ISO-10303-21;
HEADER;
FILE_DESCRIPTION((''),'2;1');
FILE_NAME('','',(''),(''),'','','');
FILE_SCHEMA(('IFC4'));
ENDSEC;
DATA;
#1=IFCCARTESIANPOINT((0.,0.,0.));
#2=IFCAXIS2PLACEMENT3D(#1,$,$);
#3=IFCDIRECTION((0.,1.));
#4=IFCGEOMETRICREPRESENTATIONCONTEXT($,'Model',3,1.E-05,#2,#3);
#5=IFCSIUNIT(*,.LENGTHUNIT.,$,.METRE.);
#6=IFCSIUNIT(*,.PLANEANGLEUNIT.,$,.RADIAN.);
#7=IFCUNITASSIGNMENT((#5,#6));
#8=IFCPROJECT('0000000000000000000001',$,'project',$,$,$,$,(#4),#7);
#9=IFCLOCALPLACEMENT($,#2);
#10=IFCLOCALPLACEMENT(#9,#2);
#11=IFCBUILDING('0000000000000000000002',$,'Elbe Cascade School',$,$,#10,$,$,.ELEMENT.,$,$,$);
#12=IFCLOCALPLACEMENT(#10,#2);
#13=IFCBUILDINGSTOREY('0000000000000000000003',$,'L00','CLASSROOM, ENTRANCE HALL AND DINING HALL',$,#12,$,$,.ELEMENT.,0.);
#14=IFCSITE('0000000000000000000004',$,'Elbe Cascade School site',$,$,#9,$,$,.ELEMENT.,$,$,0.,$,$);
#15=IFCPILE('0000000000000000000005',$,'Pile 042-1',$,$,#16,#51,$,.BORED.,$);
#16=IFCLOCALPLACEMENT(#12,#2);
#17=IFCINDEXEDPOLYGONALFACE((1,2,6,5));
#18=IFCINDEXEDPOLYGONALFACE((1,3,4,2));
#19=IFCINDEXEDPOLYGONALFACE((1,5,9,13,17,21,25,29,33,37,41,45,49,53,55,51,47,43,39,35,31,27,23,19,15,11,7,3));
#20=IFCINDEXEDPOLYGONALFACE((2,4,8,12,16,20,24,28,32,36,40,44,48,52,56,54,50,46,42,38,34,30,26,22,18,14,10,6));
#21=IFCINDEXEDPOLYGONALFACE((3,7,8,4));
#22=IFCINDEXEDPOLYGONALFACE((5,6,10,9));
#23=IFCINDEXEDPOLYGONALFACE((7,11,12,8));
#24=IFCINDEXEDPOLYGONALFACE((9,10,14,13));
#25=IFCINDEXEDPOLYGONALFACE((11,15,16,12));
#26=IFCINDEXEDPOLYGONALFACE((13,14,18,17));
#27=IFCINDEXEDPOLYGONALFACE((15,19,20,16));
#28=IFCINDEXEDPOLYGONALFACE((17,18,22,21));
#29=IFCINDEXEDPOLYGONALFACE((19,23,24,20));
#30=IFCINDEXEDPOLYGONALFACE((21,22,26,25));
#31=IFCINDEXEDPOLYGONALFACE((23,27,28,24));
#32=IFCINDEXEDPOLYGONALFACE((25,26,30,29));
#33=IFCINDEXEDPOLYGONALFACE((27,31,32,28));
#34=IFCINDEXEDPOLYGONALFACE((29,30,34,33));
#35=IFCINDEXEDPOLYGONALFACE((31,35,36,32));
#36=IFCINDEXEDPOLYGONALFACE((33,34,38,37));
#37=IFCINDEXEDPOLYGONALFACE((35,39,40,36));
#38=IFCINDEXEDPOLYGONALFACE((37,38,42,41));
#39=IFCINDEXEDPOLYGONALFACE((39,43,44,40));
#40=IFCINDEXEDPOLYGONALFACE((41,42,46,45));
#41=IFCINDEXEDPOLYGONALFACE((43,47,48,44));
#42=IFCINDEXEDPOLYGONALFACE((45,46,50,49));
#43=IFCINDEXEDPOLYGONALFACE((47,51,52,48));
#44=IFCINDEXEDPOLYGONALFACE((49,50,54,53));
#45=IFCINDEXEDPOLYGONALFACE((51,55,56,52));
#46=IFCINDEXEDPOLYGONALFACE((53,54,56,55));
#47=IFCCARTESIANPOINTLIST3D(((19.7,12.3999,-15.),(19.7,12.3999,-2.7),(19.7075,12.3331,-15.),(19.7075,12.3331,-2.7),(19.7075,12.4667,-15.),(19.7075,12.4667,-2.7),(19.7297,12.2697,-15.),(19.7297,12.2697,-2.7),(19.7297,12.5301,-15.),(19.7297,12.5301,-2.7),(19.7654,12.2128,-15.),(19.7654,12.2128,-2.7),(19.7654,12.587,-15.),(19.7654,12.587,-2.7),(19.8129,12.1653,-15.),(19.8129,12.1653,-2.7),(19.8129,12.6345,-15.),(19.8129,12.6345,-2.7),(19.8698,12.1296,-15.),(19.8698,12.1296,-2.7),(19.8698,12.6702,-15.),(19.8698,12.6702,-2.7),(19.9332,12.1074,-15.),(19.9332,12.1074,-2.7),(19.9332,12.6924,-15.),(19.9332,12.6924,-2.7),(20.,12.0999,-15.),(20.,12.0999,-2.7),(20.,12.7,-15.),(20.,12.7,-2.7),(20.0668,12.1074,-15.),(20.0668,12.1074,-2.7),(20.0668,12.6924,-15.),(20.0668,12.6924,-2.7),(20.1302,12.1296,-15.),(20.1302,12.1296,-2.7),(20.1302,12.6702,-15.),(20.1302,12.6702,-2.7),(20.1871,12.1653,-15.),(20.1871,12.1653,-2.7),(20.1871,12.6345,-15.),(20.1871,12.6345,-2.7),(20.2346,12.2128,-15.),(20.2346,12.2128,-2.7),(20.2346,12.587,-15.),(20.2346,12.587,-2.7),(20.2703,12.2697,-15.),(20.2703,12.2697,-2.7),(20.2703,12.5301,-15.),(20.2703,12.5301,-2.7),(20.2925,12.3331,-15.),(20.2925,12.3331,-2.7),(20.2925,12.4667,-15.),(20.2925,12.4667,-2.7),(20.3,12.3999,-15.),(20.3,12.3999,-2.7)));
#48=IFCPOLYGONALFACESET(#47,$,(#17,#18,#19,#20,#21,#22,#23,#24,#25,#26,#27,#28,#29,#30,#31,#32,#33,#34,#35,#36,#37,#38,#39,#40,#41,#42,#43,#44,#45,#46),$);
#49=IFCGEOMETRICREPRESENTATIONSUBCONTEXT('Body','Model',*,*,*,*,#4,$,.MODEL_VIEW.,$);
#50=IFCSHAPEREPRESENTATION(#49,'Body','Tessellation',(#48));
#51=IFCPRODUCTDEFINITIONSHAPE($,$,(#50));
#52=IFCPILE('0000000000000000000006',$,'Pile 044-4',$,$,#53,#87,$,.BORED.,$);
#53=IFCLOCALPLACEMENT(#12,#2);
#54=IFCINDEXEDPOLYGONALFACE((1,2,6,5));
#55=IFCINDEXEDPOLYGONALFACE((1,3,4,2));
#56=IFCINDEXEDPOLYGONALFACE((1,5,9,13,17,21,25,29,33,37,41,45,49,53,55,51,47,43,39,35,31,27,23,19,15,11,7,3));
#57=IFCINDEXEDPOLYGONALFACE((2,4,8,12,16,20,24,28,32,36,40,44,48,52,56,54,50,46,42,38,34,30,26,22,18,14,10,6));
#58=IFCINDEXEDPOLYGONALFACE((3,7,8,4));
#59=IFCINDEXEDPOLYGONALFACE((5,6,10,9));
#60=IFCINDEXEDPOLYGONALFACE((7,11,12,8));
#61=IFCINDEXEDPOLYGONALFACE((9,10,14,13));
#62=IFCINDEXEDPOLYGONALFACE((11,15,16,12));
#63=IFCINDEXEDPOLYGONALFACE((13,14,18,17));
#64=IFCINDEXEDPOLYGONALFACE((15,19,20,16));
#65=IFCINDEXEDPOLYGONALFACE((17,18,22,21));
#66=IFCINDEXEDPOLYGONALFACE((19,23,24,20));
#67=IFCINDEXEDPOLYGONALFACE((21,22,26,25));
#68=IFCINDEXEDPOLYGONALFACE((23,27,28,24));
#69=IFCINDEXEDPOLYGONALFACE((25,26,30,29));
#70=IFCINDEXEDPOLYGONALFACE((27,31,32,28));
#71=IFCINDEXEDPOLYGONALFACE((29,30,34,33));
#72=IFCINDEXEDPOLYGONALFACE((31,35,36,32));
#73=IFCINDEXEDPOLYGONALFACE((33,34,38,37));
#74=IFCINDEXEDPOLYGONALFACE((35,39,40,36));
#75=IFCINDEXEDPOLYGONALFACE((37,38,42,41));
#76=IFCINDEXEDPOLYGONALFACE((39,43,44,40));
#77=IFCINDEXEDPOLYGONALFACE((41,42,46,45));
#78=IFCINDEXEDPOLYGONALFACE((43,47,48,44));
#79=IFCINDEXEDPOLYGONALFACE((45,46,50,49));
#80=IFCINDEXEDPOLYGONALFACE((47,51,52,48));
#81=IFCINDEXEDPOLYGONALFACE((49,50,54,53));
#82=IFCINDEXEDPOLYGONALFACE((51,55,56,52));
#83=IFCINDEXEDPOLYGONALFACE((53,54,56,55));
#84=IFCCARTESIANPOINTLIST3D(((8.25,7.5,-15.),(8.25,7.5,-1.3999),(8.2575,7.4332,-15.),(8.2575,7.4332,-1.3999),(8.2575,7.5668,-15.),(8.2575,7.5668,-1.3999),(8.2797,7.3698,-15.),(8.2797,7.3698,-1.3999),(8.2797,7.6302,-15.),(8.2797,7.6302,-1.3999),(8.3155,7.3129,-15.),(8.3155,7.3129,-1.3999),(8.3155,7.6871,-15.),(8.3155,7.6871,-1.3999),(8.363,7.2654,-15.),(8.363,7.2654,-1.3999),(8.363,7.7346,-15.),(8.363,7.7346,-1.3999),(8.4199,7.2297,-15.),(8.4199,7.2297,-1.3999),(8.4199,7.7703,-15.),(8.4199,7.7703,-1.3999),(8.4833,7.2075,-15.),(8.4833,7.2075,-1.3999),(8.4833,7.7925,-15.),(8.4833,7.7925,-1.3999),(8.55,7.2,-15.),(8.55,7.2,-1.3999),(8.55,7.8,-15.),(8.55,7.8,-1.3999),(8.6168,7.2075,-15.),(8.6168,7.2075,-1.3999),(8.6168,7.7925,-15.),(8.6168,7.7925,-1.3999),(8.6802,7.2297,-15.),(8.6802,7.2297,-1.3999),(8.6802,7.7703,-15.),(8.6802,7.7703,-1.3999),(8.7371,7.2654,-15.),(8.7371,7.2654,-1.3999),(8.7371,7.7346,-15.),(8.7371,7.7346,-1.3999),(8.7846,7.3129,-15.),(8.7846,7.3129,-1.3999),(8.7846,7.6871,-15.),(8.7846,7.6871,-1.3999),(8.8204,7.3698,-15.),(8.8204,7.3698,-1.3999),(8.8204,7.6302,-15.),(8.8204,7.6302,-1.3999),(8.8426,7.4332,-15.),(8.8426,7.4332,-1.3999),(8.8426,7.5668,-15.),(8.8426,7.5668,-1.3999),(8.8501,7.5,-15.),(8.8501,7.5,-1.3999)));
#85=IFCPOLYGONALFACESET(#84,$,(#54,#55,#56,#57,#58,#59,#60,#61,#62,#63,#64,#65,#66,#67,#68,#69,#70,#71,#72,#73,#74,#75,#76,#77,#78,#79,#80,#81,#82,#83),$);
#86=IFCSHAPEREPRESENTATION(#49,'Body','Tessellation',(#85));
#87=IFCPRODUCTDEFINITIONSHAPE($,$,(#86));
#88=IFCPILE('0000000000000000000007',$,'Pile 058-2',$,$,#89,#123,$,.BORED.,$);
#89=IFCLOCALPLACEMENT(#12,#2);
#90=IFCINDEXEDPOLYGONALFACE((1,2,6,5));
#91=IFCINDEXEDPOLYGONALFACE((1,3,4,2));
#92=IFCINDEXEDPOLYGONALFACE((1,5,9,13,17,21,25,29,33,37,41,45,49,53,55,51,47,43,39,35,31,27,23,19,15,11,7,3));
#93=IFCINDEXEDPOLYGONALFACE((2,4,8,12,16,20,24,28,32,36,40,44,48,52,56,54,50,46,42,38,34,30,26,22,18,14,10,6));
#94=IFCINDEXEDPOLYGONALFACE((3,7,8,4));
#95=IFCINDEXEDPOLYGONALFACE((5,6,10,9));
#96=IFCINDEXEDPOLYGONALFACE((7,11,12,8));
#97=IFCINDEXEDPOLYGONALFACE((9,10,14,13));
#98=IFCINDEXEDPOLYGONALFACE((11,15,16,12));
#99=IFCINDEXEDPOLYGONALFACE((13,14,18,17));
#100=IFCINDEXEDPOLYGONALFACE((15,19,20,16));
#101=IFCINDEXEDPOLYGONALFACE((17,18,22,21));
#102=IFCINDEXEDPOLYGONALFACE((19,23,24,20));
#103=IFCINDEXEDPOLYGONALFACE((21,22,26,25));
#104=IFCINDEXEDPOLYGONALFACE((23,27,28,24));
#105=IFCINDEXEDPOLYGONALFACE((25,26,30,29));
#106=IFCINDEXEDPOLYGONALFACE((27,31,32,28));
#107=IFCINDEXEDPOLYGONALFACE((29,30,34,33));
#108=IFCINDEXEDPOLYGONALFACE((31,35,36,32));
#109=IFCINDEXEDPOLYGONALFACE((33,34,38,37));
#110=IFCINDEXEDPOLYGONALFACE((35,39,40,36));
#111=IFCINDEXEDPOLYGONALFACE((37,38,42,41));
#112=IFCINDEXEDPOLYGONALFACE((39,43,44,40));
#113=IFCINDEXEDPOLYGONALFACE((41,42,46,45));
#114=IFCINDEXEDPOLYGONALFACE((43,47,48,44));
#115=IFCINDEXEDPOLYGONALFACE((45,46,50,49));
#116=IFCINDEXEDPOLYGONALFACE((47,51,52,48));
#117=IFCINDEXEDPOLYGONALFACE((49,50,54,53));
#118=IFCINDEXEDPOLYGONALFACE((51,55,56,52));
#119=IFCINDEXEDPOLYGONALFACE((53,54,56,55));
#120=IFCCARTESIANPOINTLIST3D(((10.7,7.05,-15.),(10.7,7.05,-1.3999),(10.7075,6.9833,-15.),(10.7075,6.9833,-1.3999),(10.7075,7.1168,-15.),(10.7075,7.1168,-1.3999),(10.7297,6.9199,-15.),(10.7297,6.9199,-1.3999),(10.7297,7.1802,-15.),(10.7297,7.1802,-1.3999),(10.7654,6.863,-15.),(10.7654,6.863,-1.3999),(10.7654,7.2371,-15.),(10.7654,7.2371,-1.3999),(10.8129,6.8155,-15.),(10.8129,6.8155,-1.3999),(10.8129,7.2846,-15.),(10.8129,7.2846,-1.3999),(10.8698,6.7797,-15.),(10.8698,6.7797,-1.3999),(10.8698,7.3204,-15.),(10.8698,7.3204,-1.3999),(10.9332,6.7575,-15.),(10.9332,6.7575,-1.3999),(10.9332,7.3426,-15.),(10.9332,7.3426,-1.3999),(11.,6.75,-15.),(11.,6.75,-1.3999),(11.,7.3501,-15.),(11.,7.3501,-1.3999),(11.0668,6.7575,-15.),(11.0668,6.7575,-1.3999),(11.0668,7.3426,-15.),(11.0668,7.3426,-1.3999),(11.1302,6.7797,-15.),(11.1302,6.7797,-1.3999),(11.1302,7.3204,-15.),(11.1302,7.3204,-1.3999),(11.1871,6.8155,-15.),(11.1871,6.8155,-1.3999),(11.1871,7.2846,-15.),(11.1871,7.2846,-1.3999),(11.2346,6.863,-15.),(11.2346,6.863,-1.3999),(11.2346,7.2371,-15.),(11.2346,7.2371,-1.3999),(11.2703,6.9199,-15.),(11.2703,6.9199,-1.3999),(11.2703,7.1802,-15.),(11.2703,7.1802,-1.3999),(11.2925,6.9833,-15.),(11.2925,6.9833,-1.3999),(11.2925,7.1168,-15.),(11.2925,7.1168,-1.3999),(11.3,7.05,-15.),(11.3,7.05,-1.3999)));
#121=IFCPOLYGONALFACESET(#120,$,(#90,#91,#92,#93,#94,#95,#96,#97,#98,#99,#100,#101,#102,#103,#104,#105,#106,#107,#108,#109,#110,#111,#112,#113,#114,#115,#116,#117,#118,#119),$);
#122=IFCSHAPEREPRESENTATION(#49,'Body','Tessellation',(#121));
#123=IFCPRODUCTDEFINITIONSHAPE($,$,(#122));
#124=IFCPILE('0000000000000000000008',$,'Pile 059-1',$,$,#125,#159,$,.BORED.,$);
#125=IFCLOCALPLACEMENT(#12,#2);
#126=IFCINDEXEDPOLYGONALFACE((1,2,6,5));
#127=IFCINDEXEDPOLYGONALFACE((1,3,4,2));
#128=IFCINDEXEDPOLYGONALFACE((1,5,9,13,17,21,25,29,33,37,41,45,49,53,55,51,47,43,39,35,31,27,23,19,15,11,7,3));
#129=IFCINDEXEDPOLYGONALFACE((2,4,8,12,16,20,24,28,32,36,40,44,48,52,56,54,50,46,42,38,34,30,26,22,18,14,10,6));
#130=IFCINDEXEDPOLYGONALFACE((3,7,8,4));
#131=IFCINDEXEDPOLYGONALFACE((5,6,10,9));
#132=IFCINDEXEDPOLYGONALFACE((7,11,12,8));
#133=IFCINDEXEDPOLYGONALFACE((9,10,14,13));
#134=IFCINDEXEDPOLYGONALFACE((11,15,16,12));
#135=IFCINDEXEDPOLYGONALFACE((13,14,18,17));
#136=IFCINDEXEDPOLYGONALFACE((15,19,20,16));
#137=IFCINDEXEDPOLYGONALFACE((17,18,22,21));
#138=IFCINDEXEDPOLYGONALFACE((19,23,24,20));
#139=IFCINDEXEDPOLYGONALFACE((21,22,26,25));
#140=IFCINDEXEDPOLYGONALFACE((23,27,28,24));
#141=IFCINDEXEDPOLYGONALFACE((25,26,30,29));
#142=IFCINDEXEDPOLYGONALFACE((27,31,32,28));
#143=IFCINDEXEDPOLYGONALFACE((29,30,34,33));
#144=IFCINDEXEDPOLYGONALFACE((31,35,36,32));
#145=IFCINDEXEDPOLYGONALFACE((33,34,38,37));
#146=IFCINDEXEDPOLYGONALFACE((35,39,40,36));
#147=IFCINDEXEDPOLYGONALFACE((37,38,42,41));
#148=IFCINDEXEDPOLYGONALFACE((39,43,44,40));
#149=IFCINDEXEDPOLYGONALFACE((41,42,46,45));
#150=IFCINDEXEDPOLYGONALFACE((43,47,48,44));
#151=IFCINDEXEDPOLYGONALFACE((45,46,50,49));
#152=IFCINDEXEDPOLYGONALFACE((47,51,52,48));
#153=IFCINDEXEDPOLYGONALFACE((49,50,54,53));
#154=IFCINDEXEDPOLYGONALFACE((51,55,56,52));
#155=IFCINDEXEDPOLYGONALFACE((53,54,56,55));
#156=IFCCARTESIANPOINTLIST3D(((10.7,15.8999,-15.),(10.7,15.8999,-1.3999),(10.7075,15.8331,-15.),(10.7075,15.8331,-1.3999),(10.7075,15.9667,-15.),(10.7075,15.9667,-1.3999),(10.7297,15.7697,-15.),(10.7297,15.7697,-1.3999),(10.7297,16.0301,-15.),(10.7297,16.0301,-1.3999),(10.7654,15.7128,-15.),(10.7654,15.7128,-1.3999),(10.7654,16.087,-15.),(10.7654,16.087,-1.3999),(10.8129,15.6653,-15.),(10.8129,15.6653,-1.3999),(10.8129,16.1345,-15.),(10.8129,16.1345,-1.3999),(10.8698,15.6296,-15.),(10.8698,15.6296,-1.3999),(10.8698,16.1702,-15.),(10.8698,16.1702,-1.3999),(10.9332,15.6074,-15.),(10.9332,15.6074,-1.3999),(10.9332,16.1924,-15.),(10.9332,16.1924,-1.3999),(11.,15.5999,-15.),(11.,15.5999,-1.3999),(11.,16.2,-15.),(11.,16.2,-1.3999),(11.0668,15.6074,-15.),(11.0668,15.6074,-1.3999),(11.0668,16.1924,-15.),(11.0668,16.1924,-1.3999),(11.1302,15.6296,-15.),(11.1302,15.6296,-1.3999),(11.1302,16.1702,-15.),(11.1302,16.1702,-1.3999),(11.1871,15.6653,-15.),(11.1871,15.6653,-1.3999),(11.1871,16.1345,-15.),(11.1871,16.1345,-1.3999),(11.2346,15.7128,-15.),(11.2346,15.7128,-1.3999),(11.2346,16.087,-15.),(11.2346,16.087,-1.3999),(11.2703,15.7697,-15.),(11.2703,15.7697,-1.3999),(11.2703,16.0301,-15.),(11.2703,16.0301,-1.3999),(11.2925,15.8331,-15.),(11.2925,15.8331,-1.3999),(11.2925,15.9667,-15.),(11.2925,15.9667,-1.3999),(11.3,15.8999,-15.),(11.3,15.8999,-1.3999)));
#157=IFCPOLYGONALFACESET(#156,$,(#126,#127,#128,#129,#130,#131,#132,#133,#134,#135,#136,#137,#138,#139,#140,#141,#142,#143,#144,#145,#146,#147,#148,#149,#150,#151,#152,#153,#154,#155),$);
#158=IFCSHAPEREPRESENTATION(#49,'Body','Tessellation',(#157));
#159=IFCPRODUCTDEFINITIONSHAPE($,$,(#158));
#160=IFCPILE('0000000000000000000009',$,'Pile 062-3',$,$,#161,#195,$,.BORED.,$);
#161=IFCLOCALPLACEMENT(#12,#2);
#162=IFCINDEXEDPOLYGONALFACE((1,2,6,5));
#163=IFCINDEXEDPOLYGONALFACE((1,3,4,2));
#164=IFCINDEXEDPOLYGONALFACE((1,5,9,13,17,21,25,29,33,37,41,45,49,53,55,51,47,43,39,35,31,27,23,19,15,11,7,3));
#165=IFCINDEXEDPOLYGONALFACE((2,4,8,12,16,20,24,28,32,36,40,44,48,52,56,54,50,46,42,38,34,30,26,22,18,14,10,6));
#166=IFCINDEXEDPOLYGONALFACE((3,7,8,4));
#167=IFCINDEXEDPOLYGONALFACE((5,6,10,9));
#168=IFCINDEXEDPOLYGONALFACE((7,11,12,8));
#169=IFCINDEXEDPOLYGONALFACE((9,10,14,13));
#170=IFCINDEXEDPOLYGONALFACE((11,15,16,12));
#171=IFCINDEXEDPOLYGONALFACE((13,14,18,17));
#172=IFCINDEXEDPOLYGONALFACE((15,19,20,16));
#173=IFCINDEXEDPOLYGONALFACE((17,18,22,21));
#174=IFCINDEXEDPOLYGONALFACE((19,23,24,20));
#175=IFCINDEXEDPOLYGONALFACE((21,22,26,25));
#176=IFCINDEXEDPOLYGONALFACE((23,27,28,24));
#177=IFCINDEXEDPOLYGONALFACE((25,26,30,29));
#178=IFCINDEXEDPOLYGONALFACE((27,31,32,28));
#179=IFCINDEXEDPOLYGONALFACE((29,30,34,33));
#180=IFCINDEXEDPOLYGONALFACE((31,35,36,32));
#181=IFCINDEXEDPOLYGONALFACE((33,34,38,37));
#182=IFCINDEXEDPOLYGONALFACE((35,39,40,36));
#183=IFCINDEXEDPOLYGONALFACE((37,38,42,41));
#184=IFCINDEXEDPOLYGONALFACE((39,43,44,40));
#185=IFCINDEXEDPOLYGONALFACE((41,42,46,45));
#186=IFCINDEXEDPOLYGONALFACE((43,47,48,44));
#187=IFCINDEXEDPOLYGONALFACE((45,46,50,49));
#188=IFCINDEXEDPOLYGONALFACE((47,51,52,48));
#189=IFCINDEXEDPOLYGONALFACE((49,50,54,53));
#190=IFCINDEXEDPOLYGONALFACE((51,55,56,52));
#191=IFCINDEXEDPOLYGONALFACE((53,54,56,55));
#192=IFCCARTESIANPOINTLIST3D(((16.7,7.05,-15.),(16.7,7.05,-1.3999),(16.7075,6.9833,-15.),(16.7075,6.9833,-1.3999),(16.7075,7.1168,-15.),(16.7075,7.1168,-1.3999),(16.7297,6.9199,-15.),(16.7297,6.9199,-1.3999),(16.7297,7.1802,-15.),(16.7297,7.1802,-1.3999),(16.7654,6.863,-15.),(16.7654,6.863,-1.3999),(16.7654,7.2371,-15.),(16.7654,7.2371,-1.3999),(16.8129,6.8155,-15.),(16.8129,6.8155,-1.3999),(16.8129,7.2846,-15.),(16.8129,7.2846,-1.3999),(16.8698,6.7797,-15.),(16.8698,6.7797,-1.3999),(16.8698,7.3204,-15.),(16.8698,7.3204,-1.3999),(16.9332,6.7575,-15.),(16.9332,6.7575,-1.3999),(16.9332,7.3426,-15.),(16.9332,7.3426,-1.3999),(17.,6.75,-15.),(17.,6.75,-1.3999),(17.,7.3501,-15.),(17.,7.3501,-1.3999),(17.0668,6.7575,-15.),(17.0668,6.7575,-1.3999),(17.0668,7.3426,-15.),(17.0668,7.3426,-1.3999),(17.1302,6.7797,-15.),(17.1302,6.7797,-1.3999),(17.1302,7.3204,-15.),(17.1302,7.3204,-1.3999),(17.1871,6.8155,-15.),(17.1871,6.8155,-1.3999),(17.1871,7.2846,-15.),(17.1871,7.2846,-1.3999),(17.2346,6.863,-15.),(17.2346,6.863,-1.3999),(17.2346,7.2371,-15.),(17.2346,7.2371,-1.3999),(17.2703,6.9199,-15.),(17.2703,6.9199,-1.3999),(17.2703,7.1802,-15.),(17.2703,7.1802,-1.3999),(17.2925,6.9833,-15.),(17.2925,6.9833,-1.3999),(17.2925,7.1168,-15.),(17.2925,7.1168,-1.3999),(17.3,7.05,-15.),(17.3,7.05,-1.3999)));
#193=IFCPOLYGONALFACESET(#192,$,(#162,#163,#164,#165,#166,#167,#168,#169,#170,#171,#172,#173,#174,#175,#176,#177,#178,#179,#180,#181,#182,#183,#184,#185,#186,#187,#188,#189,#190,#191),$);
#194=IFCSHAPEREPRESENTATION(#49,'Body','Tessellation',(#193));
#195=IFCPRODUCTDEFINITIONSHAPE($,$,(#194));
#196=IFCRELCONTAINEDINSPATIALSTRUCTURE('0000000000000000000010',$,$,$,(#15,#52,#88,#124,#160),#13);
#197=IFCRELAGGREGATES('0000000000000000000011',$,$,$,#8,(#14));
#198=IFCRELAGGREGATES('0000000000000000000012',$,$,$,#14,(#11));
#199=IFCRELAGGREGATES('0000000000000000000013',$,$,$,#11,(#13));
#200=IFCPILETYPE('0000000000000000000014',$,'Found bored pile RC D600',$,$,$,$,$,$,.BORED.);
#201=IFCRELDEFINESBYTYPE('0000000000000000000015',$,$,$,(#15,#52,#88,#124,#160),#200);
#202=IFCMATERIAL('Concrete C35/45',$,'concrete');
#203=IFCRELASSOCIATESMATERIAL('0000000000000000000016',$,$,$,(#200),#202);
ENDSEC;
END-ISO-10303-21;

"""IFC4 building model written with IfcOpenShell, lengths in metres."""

from ifc_helpers import new_model, si_unit, direction, frame, origin, origin_2d, place, context, subcontext, project, spatial, circle, extrude, material, material_profile, profile_set, type_object, element, save


model = new_model("IFC4")

# Units and contexts
model_context = context("Model", 3, precision=1e-05, world=origin(), true_north=direction((0.0, 1.0)))
body_context = subcontext(model_context, "Body", "Model", "MODEL_VIEW")
ifc_project = project(units=[si_unit("LENGTHUNIT", "METRE"), si_unit("PLANEANGLEUNIT", "RADIAN")], contexts=[model_context])

# Site, building, storey
site_placement = place(None, origin())
site = spatial("IfcSite", under=ifc_project, at=site_placement, Name="Elbe Cascade School site", CompositionType="ELEMENT", RefElevation=0.0)
building_placement = place(site_placement, origin())
building = spatial("IfcBuilding", under=site, at=building_placement, Name="Elbe Cascade School", CompositionType="ELEMENT")
storey_placement = place(building_placement, origin())
storey = spatial("IfcBuildingStorey", under=building, at=storey_placement, Name="L00", Description="CLASSROOM, ENTRANCE HALL AND DINING HALL", CompositionType="ELEMENT", Elevation=0.0)

# Piles
ifc_material_1 = material(Name="Concrete C35/45", Category="concrete")
ifc_material_profile_1 = material_profile(ifc_material_1, circle(Radius=0.3, at=origin_2d()), Name="RC D600")
ifc_profile_set_1 = profile_set([ifc_material_profile_1], Name="Concrete C35/45")
pile_type = type_object("IfcPileType", Name="Found bored pile RC D600", PredefinedType="BORED", material=ifc_profile_set_1)
pile_placement = place(storey_placement, frame((20.0, 12.3999, -2.7), z_axis=(0.0, 0.0, -1.0), x_axis=(1.0, 0.0, 0.0)))
element("IfcPile", 1, at=pile_placement, inside=storey, type_object=pile_type, Name="Pile 042-1", PredefinedType="BORED", context=body_context, shape_type="SweptSolid", body=[
    extrude(circle(Radius=0.3, at=origin_2d()), origin(), (0.0, 0.0, 1.0), 12.3),
])
for number, where, z_axis, x_axis, name in (
    (2, (8.55, 7.5, -1.3999), (0.0, 0.0, -1.0), (1.0, 0.0, 0.0), "Pile 044-4"),
    (3, (11.0, 7.05, -1.3999), (0.0, 0.0, -1.0), (1.0, 0.0, 0.0), "Pile 058-2"),
    (4, (11.0, 15.8999, -1.3999), (0.0, 0.0, -1.0), (1.0, 0.0, 0.0), "Pile 059-1"),
    (5, (17.0, 7.05, -1.3999), (0.0, 0.0, -1.0), (1.0, 0.0, 0.0), "Pile 062-3"),
):
    element("IfcPile", number, at=place(storey_placement, frame(where, z_axis=z_axis, x_axis=x_axis)), inside=storey, type_object=pile_type, Name=name, PredefinedType="BORED", context=body_context, shape_type="SweptSolid", body=[
        extrude(circle(Radius=0.3, at=origin_2d()), origin(), (0.0, 0.0, 1.0), 13.6001),
    ])

save(model, "model.ifc")
